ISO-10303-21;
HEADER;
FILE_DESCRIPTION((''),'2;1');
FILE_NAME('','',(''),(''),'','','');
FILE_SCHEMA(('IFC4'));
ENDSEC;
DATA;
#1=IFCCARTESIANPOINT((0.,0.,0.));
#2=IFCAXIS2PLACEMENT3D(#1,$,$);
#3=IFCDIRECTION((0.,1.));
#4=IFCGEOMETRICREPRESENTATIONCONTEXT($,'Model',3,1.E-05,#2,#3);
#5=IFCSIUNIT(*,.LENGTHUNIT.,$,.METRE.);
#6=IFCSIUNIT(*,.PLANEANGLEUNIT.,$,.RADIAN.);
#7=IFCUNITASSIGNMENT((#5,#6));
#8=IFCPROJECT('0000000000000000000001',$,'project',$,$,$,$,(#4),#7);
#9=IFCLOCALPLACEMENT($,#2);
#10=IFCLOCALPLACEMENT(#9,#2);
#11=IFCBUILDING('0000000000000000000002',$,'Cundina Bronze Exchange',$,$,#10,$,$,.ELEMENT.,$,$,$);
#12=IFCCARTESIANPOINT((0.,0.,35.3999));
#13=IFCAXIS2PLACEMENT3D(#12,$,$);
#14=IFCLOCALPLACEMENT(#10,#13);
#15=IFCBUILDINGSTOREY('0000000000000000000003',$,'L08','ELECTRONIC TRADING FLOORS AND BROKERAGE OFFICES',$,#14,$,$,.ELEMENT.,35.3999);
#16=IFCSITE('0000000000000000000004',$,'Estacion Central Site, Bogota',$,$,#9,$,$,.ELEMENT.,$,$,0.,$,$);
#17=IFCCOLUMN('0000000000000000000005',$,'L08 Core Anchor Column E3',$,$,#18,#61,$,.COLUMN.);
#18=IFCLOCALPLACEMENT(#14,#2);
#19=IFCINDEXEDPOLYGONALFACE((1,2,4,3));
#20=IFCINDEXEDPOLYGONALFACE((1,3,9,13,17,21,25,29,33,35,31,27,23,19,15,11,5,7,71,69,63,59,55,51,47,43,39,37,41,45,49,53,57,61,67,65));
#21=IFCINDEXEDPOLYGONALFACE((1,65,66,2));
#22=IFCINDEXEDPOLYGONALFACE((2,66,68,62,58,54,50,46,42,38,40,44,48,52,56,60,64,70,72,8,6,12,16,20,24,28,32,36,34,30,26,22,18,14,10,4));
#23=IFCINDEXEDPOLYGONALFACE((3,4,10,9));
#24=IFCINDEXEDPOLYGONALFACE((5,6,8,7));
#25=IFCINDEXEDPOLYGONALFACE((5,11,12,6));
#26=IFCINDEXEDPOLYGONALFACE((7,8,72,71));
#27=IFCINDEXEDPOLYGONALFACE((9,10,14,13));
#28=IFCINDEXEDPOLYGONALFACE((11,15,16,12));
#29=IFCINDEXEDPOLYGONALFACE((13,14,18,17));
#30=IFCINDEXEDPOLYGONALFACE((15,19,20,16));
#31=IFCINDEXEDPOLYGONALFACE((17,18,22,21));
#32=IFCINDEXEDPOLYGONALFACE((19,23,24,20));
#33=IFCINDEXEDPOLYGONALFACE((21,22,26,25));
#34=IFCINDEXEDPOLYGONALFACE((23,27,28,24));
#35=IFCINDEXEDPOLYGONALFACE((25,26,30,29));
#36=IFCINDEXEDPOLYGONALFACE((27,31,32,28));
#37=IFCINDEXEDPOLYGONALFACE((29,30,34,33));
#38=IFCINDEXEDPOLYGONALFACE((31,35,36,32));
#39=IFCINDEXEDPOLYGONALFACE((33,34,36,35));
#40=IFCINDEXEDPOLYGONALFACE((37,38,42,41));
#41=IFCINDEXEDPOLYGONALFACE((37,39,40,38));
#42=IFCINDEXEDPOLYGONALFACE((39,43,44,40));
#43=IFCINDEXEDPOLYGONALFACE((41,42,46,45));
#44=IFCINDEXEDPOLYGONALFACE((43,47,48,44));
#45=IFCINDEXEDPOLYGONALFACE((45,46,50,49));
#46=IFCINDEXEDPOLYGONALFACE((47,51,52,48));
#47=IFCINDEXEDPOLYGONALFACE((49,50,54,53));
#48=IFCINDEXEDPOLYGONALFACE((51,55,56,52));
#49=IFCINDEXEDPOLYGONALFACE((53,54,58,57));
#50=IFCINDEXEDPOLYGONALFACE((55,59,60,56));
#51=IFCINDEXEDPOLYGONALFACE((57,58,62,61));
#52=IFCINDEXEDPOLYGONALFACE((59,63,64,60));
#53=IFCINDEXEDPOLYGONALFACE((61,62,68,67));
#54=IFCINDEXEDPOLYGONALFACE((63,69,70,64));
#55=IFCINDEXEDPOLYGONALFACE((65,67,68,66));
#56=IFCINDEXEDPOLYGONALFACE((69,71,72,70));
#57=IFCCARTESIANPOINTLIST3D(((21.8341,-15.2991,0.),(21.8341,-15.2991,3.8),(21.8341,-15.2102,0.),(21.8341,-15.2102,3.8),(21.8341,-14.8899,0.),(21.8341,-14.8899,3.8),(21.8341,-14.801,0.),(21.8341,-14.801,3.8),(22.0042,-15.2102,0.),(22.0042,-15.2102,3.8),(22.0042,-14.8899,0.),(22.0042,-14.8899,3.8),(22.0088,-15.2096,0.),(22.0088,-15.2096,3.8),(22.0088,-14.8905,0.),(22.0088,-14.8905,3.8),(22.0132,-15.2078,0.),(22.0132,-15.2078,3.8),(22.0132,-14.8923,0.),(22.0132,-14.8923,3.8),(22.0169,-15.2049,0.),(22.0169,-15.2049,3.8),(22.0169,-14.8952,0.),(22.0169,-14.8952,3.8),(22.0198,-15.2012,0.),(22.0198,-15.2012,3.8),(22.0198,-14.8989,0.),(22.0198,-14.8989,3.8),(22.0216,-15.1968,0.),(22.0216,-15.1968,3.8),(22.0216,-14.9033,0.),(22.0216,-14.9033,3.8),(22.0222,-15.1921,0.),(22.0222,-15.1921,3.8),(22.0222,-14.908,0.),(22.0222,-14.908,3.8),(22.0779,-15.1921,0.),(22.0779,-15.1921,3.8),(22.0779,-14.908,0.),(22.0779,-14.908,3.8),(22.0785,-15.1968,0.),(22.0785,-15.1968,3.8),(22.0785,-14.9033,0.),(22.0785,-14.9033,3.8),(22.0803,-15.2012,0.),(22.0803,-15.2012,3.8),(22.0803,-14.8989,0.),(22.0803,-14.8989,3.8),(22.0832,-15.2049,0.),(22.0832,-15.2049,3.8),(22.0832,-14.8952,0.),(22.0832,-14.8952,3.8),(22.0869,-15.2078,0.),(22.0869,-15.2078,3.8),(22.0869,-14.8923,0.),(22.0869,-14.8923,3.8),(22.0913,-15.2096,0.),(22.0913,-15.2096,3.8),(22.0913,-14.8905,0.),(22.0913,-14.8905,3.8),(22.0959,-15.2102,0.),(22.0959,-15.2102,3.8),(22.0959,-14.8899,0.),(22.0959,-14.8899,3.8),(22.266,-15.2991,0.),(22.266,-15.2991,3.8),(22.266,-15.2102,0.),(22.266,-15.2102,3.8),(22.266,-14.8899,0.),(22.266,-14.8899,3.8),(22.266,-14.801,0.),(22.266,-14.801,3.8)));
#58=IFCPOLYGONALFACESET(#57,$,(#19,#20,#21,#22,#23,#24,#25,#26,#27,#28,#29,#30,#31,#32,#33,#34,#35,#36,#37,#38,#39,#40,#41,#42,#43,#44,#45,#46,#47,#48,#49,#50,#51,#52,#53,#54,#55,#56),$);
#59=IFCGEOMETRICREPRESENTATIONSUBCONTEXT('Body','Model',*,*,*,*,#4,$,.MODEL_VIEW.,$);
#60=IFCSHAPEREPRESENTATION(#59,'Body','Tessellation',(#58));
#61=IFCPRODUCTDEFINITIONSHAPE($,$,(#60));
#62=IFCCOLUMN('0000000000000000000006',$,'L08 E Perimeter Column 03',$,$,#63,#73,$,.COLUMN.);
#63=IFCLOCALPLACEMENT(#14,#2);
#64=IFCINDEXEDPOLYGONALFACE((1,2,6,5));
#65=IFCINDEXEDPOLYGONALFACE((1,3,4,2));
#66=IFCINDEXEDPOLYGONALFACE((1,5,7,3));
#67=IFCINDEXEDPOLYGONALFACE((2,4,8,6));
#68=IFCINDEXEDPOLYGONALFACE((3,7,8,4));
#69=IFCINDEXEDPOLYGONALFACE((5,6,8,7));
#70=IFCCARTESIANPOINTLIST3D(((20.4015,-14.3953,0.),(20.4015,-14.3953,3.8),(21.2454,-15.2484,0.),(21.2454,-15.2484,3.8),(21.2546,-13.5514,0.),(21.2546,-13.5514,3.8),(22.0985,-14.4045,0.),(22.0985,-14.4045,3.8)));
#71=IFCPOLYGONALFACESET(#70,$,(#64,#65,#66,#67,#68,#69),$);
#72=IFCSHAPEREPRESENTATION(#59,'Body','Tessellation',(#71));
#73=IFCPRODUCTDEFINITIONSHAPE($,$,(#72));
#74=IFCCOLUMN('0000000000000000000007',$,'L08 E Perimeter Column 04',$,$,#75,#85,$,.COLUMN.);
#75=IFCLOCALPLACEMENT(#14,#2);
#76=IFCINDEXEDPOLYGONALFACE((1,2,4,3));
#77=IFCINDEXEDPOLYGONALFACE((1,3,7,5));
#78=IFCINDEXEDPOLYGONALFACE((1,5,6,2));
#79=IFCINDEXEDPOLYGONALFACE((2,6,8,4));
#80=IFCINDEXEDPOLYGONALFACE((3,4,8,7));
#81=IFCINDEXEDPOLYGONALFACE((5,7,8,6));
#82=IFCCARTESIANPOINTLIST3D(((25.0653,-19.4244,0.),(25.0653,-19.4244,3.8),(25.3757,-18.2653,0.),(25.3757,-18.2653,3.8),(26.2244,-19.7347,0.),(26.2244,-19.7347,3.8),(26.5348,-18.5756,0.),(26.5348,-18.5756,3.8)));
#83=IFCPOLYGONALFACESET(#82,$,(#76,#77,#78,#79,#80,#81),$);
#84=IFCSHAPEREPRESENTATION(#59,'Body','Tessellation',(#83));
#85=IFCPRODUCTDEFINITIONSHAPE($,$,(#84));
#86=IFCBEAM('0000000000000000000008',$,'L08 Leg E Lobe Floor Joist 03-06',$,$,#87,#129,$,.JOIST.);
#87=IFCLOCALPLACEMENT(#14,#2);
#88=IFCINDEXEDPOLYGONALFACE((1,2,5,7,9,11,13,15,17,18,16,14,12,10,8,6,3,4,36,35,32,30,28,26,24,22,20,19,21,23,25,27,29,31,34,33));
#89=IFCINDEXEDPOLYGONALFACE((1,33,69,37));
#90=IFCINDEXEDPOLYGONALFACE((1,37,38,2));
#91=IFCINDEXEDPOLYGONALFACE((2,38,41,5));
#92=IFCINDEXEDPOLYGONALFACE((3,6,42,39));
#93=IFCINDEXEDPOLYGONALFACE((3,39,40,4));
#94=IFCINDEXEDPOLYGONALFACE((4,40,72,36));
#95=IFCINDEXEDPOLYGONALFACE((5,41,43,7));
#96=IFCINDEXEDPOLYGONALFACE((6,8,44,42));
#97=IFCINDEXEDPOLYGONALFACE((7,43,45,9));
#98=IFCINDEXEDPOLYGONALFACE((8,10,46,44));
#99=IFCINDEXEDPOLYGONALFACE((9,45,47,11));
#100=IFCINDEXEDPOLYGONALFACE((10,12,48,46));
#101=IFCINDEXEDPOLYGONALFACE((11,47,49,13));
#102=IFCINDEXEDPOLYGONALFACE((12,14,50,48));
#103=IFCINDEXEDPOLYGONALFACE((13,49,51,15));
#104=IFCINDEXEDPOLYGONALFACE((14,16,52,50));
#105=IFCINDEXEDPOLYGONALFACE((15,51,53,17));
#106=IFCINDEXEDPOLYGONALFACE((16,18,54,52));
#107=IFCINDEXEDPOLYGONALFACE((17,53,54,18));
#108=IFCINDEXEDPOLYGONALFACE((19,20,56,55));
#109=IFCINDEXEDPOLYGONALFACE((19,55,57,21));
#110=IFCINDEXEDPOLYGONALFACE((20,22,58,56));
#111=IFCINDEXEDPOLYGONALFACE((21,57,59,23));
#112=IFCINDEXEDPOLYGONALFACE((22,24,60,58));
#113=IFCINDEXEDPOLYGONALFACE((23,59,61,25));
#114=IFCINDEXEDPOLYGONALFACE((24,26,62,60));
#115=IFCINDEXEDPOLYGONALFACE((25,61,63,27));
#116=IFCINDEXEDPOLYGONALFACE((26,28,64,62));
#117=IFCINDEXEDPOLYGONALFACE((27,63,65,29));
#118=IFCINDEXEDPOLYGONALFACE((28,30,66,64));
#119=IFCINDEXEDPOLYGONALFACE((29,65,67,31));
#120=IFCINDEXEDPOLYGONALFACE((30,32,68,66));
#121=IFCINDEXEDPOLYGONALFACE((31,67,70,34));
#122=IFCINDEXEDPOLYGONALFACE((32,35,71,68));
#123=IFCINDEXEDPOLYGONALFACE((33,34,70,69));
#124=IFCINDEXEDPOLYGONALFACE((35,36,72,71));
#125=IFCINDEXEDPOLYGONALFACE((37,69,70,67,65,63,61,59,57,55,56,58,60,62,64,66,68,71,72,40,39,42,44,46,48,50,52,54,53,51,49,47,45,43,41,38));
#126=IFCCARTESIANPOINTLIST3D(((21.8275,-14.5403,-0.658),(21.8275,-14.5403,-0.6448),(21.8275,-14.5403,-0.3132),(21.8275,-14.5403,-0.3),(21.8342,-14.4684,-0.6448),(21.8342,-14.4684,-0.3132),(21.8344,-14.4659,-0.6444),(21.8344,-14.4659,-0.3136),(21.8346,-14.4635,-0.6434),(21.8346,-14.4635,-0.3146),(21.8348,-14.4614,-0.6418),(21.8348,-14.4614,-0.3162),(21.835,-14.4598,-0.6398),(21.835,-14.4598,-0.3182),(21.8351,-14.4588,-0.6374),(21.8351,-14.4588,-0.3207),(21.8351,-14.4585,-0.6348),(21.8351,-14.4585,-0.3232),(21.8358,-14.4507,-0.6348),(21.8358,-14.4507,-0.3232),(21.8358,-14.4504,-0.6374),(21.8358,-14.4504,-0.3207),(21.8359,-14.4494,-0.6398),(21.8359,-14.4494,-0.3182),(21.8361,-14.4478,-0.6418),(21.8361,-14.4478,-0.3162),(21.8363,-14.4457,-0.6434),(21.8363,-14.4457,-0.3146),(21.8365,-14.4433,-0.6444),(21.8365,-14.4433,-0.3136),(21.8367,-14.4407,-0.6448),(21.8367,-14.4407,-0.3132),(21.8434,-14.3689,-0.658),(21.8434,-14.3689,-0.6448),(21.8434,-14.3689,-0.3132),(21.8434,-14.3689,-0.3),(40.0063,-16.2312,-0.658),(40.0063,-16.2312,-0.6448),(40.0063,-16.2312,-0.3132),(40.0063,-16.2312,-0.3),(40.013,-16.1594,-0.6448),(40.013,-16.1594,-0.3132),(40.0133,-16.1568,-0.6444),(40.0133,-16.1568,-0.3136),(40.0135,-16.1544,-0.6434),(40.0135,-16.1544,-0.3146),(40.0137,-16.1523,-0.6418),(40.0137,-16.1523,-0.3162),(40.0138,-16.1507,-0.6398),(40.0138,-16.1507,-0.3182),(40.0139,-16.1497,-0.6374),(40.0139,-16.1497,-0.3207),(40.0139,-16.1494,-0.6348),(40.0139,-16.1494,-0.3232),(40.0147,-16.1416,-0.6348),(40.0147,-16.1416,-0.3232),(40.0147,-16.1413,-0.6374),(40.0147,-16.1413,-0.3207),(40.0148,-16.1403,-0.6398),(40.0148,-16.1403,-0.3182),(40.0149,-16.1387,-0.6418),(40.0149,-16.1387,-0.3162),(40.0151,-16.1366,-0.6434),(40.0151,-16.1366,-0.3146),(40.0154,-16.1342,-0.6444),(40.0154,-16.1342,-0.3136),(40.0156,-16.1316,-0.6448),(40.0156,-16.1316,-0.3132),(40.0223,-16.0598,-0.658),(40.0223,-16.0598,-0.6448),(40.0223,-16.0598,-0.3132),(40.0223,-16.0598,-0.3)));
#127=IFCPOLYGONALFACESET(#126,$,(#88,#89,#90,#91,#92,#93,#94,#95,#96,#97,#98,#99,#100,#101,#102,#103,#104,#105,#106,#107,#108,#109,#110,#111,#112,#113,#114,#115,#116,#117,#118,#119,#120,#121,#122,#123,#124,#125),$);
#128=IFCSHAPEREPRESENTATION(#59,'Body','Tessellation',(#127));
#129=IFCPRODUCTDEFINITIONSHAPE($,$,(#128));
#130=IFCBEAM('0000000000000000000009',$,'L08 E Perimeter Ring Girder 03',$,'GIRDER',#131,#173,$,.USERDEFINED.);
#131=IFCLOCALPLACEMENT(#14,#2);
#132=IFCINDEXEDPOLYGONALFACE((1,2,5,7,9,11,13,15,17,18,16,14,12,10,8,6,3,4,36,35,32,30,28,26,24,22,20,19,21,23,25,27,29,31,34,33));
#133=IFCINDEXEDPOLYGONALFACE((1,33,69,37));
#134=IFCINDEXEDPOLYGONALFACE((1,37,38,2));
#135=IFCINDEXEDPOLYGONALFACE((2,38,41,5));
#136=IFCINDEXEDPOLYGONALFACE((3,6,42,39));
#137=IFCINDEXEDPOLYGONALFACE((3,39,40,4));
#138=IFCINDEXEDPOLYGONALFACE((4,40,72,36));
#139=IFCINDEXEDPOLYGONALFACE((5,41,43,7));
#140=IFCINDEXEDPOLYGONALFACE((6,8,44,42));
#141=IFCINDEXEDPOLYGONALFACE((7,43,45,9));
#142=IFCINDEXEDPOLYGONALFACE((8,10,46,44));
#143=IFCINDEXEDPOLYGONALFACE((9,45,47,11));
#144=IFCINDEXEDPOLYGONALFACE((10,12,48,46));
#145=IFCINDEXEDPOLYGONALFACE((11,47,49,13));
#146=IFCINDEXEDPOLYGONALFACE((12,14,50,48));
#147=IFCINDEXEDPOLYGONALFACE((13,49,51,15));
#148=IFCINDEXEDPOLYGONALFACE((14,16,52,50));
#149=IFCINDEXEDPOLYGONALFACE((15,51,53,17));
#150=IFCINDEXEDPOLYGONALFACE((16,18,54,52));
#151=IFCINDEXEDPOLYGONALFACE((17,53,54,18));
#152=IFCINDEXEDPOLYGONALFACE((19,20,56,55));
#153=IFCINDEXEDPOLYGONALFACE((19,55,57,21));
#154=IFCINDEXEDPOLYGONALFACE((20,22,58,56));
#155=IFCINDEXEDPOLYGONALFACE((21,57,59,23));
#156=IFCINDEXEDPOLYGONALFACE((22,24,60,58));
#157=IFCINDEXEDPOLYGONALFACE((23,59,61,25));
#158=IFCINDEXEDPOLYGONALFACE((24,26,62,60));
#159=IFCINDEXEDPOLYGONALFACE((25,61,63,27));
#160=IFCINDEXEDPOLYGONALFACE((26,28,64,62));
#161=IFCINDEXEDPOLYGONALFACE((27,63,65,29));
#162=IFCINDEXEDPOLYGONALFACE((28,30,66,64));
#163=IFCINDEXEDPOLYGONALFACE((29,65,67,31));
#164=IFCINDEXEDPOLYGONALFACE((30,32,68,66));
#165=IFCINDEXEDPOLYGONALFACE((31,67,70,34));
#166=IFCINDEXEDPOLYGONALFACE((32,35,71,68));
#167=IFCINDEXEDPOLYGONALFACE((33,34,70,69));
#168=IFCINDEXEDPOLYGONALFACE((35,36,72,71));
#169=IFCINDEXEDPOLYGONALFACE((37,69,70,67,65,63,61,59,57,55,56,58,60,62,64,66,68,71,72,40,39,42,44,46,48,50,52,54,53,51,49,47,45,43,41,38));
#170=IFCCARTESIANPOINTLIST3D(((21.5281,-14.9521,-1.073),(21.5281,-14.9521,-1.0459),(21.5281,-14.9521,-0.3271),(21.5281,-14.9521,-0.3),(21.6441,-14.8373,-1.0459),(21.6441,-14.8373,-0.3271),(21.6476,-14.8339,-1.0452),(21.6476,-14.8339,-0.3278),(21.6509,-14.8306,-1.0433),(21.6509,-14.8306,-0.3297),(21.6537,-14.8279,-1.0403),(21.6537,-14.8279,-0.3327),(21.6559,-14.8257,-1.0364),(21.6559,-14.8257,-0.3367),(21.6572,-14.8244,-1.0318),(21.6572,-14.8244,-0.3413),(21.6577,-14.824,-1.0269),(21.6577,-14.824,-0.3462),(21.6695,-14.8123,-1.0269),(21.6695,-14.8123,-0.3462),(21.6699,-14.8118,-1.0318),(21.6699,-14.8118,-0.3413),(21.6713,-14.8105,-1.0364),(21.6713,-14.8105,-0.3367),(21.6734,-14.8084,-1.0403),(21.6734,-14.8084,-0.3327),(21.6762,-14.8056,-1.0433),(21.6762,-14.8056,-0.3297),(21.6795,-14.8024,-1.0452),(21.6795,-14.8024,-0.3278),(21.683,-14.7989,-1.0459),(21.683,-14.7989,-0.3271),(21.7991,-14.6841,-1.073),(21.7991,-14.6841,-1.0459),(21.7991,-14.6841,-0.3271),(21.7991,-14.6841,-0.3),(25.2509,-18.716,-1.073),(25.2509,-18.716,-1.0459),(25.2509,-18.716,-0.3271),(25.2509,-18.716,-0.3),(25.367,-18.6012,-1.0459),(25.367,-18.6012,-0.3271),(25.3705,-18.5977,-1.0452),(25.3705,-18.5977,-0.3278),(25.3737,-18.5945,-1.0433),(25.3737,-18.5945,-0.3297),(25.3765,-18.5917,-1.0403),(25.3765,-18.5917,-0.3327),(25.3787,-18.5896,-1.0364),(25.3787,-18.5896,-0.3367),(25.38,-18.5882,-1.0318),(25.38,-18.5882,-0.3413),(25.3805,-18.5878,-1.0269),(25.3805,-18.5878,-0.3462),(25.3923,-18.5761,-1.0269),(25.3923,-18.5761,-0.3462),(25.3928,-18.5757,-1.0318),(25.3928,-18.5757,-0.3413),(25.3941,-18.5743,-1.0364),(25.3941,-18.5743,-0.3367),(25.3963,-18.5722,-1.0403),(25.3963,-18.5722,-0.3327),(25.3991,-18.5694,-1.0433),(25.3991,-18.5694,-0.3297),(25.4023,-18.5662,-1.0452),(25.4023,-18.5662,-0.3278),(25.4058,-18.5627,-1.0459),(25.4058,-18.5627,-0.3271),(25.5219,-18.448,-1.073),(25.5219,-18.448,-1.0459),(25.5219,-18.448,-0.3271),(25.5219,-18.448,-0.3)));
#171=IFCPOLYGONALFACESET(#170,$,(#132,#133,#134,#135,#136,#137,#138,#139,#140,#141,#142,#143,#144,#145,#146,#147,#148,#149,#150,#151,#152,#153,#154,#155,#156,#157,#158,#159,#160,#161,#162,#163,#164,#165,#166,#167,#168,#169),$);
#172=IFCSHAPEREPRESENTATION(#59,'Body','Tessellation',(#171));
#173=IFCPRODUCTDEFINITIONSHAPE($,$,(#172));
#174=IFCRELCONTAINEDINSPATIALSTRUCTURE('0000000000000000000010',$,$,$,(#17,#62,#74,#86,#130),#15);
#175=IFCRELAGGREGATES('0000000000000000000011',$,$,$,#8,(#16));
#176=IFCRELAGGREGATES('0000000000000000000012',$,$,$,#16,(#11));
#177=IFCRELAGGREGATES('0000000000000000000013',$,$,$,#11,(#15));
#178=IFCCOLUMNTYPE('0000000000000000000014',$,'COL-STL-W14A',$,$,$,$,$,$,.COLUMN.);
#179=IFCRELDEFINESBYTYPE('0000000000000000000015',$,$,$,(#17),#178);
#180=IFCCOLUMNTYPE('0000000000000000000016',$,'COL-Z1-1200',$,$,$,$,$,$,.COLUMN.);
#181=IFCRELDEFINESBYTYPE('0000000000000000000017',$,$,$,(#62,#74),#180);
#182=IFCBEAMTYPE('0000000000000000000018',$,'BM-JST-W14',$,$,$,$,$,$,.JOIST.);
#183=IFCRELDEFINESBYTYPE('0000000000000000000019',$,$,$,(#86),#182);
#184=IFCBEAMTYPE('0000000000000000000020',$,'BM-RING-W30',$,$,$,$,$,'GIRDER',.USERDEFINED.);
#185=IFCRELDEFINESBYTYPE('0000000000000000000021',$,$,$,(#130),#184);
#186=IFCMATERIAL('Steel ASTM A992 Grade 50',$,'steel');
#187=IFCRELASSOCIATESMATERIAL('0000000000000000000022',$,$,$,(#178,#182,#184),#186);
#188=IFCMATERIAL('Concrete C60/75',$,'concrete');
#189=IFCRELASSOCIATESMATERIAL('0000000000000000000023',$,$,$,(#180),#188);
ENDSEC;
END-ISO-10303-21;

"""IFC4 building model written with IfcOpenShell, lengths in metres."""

from ifc_helpers import new_model, si_unit, direction, frame, origin, origin_2d, place, context, subcontext, project, spatial, rectangle, i_section, extrude, material, material_profile, profile_set, type_object, element, save


model = new_model("IFC4")

# Units and contexts
model_context = context("Model", 3, precision=1e-05, world=origin(), true_north=direction((0.0, 1.0)))
body_context = subcontext(model_context, "Body", "Model", "MODEL_VIEW")
ifc_project = project(units=[si_unit("LENGTHUNIT", "METRE"), si_unit("PLANEANGLEUNIT", "RADIAN")], contexts=[model_context])

# Site, building, storey
site_placement = place(None, origin())
site = spatial("IfcSite", under=ifc_project, at=site_placement, Name="Estacion Central Site, Bogota", CompositionType="ELEMENT", RefElevation=0.0)
building_placement = place(site_placement, origin())
building = spatial("IfcBuilding", under=site, at=building_placement, Name="Cundina Bronze Exchange", CompositionType="ELEMENT")
storey_placement = place(building_placement, frame((0.0, 0.0, 35.3999)))
storey = spatial("IfcBuildingStorey", under=building, at=storey_placement, Name="L08", Description="ELECTRONIC TRADING FLOORS AND BROKERAGE OFFICES", CompositionType="ELEMENT", Elevation=35.3999)

# Columns
ifc_material_1 = material(Name="Steel ASTM A992 Grade 50", Category="steel")
ifc_material_profile_1 = material_profile(ifc_material_1, i_section(OverallWidth=0.4319, OverallDepth=0.498, WebThickness=0.0557, FlangeThickness=0.0889, FilletRadius=0.0181, at=origin_2d()), Name="W14X500", Category="steel")
ifc_profile_set_1 = profile_set([ifc_material_profile_1], Name="Steel ASTM A992 Grade 50")
column_type_1 = type_object("IfcColumnType", Name="COL-STL-W14A", PredefinedType="COLUMN", material=ifc_profile_set_1)
column_placement = place(storey_placement, frame((22.05, -15.05, 0.0), z_axis=(0.0, 0.0, 1.0), x_axis=(1.0, 0.0, 0.0)))
element("IfcColumn", 1, at=column_placement, inside=storey, type_object=column_type_1, Name="L08 Core Anchor Column E3", PredefinedType="COLUMN", context=body_context, shape_type="SweptSolid", body=[
    extrude(i_section(OverallWidth=0.4319, OverallDepth=0.498, WebThickness=0.0557, FlangeThickness=0.0889, FilletRadius=0.0181, at=origin_2d()), origin(), (0.0, 0.0, 1.0), 3.8),
])
ifc_material_2 = material(Name="Concrete C60/75", Category="concrete")
ifc_material_profile_2 = material_profile(ifc_material_2, rectangle(XDim=1.2, YDim=1.2, at=origin_2d()), Name="RC1200X1200", Category="concrete")
ifc_profile_set_2 = profile_set([ifc_material_profile_2], Name="Concrete C60/75")
column_type_2 = type_object("IfcColumnType", Name="COL-Z1-1200", PredefinedType="COLUMN", material=ifc_profile_set_2)
for number, where, z_axis, x_axis, name in (
    (2, (21.25, -14.3999, 0.0), (0.0, 0.0, 1.0), (0.703271, -0.710922, 0.0), "L08 E Perimeter Column 03"),
    (3, (25.8, -19.0, 0.0), (0.0, 0.0, 1.0), (0.965971, -0.25865, 0.0), "L08 E Perimeter Column 04"),
):
    element("IfcColumn", number, at=place(storey_placement, frame(where, z_axis=z_axis, x_axis=x_axis)), inside=storey, type_object=column_type_2, Name=name, PredefinedType="COLUMN", context=body_context, shape_type="SweptSolid", body=[
        extrude(rectangle(XDim=1.2, YDim=1.2, at=origin_2d()), origin(), (0.0, 0.0, 1.0), 3.8),
    ])

# Beams
ifc_material_profile_3 = material_profile(ifc_material_1, i_section(OverallWidth=0.1721, OverallDepth=0.3579, WebThickness=0.0078, FlangeThickness=0.0132, FilletRadius=0.01, at=origin_2d()), Name="W14X38", Category="steel")
ifc_profile_set_3 = profile_set([ifc_material_profile_3], Name="Steel ASTM A992 Grade 50")
beam_type_1 = type_object("IfcBeamType", Name="BM-JST-W14", PredefinedType="JOIST", material=ifc_profile_set_3)
beam_1_placement = place(storey_placement, frame((21.8354, -14.4546, -0.479), z_axis=(0.995702, -0.092615, 0.0), x_axis=(0.092615, 0.995702, 0.0)))
element("IfcBeam", 4, at=beam_1_placement, inside=storey, type_object=beam_type_1, Name="L08 Leg E Lobe Floor Joist 03-06", PredefinedType="JOIST", context=body_context, shape_type="SweptSolid", body=[
    extrude(i_section(OverallWidth=0.1721, OverallDepth=0.3579, WebThickness=0.0078, FlangeThickness=0.0132, FilletRadius=0.01, at=origin_2d()), origin(), (0.0, 0.0, 1.0), 18.2573),
])
ifc_material_profile_4 = material_profile(ifc_material_1, i_section(OverallWidth=0.3811, OverallDepth=0.7729, WebThickness=0.0166, FlangeThickness=0.0271, FilletRadius=0.019, at=origin_2d()), Name="W30X173", Category="steel")
ifc_profile_set_4 = profile_set([ifc_material_profile_4], Name="Steel ASTM A992 Grade 50")
beam_type_2 = type_object("IfcBeamType", Name="BM-RING-W30", ElementType="GIRDER", PredefinedType="USERDEFINED", material=ifc_profile_set_4)
beam_2_placement = place(storey_placement, frame((21.6636, -14.8181, -0.6865), z_axis=(0.703222, -0.71097, 0.0), x_axis=(0.71097, 0.703222, 0.0)))
element("IfcBeam", 5, at=beam_2_placement, inside=storey, type_object=beam_type_2, Name="L08 E Perimeter Ring Girder 03", ObjectType="GIRDER", PredefinedType="USERDEFINED", context=body_context, shape_type="SweptSolid", body=[
    extrude(i_section(OverallWidth=0.3811, OverallDepth=0.7729, WebThickness=0.0166, FlangeThickness=0.0271, FilletRadius=0.019, at=origin_2d()), origin(), (0.0, 0.0, 1.0), 5.2939),
])

save(model, "model.ifc")
